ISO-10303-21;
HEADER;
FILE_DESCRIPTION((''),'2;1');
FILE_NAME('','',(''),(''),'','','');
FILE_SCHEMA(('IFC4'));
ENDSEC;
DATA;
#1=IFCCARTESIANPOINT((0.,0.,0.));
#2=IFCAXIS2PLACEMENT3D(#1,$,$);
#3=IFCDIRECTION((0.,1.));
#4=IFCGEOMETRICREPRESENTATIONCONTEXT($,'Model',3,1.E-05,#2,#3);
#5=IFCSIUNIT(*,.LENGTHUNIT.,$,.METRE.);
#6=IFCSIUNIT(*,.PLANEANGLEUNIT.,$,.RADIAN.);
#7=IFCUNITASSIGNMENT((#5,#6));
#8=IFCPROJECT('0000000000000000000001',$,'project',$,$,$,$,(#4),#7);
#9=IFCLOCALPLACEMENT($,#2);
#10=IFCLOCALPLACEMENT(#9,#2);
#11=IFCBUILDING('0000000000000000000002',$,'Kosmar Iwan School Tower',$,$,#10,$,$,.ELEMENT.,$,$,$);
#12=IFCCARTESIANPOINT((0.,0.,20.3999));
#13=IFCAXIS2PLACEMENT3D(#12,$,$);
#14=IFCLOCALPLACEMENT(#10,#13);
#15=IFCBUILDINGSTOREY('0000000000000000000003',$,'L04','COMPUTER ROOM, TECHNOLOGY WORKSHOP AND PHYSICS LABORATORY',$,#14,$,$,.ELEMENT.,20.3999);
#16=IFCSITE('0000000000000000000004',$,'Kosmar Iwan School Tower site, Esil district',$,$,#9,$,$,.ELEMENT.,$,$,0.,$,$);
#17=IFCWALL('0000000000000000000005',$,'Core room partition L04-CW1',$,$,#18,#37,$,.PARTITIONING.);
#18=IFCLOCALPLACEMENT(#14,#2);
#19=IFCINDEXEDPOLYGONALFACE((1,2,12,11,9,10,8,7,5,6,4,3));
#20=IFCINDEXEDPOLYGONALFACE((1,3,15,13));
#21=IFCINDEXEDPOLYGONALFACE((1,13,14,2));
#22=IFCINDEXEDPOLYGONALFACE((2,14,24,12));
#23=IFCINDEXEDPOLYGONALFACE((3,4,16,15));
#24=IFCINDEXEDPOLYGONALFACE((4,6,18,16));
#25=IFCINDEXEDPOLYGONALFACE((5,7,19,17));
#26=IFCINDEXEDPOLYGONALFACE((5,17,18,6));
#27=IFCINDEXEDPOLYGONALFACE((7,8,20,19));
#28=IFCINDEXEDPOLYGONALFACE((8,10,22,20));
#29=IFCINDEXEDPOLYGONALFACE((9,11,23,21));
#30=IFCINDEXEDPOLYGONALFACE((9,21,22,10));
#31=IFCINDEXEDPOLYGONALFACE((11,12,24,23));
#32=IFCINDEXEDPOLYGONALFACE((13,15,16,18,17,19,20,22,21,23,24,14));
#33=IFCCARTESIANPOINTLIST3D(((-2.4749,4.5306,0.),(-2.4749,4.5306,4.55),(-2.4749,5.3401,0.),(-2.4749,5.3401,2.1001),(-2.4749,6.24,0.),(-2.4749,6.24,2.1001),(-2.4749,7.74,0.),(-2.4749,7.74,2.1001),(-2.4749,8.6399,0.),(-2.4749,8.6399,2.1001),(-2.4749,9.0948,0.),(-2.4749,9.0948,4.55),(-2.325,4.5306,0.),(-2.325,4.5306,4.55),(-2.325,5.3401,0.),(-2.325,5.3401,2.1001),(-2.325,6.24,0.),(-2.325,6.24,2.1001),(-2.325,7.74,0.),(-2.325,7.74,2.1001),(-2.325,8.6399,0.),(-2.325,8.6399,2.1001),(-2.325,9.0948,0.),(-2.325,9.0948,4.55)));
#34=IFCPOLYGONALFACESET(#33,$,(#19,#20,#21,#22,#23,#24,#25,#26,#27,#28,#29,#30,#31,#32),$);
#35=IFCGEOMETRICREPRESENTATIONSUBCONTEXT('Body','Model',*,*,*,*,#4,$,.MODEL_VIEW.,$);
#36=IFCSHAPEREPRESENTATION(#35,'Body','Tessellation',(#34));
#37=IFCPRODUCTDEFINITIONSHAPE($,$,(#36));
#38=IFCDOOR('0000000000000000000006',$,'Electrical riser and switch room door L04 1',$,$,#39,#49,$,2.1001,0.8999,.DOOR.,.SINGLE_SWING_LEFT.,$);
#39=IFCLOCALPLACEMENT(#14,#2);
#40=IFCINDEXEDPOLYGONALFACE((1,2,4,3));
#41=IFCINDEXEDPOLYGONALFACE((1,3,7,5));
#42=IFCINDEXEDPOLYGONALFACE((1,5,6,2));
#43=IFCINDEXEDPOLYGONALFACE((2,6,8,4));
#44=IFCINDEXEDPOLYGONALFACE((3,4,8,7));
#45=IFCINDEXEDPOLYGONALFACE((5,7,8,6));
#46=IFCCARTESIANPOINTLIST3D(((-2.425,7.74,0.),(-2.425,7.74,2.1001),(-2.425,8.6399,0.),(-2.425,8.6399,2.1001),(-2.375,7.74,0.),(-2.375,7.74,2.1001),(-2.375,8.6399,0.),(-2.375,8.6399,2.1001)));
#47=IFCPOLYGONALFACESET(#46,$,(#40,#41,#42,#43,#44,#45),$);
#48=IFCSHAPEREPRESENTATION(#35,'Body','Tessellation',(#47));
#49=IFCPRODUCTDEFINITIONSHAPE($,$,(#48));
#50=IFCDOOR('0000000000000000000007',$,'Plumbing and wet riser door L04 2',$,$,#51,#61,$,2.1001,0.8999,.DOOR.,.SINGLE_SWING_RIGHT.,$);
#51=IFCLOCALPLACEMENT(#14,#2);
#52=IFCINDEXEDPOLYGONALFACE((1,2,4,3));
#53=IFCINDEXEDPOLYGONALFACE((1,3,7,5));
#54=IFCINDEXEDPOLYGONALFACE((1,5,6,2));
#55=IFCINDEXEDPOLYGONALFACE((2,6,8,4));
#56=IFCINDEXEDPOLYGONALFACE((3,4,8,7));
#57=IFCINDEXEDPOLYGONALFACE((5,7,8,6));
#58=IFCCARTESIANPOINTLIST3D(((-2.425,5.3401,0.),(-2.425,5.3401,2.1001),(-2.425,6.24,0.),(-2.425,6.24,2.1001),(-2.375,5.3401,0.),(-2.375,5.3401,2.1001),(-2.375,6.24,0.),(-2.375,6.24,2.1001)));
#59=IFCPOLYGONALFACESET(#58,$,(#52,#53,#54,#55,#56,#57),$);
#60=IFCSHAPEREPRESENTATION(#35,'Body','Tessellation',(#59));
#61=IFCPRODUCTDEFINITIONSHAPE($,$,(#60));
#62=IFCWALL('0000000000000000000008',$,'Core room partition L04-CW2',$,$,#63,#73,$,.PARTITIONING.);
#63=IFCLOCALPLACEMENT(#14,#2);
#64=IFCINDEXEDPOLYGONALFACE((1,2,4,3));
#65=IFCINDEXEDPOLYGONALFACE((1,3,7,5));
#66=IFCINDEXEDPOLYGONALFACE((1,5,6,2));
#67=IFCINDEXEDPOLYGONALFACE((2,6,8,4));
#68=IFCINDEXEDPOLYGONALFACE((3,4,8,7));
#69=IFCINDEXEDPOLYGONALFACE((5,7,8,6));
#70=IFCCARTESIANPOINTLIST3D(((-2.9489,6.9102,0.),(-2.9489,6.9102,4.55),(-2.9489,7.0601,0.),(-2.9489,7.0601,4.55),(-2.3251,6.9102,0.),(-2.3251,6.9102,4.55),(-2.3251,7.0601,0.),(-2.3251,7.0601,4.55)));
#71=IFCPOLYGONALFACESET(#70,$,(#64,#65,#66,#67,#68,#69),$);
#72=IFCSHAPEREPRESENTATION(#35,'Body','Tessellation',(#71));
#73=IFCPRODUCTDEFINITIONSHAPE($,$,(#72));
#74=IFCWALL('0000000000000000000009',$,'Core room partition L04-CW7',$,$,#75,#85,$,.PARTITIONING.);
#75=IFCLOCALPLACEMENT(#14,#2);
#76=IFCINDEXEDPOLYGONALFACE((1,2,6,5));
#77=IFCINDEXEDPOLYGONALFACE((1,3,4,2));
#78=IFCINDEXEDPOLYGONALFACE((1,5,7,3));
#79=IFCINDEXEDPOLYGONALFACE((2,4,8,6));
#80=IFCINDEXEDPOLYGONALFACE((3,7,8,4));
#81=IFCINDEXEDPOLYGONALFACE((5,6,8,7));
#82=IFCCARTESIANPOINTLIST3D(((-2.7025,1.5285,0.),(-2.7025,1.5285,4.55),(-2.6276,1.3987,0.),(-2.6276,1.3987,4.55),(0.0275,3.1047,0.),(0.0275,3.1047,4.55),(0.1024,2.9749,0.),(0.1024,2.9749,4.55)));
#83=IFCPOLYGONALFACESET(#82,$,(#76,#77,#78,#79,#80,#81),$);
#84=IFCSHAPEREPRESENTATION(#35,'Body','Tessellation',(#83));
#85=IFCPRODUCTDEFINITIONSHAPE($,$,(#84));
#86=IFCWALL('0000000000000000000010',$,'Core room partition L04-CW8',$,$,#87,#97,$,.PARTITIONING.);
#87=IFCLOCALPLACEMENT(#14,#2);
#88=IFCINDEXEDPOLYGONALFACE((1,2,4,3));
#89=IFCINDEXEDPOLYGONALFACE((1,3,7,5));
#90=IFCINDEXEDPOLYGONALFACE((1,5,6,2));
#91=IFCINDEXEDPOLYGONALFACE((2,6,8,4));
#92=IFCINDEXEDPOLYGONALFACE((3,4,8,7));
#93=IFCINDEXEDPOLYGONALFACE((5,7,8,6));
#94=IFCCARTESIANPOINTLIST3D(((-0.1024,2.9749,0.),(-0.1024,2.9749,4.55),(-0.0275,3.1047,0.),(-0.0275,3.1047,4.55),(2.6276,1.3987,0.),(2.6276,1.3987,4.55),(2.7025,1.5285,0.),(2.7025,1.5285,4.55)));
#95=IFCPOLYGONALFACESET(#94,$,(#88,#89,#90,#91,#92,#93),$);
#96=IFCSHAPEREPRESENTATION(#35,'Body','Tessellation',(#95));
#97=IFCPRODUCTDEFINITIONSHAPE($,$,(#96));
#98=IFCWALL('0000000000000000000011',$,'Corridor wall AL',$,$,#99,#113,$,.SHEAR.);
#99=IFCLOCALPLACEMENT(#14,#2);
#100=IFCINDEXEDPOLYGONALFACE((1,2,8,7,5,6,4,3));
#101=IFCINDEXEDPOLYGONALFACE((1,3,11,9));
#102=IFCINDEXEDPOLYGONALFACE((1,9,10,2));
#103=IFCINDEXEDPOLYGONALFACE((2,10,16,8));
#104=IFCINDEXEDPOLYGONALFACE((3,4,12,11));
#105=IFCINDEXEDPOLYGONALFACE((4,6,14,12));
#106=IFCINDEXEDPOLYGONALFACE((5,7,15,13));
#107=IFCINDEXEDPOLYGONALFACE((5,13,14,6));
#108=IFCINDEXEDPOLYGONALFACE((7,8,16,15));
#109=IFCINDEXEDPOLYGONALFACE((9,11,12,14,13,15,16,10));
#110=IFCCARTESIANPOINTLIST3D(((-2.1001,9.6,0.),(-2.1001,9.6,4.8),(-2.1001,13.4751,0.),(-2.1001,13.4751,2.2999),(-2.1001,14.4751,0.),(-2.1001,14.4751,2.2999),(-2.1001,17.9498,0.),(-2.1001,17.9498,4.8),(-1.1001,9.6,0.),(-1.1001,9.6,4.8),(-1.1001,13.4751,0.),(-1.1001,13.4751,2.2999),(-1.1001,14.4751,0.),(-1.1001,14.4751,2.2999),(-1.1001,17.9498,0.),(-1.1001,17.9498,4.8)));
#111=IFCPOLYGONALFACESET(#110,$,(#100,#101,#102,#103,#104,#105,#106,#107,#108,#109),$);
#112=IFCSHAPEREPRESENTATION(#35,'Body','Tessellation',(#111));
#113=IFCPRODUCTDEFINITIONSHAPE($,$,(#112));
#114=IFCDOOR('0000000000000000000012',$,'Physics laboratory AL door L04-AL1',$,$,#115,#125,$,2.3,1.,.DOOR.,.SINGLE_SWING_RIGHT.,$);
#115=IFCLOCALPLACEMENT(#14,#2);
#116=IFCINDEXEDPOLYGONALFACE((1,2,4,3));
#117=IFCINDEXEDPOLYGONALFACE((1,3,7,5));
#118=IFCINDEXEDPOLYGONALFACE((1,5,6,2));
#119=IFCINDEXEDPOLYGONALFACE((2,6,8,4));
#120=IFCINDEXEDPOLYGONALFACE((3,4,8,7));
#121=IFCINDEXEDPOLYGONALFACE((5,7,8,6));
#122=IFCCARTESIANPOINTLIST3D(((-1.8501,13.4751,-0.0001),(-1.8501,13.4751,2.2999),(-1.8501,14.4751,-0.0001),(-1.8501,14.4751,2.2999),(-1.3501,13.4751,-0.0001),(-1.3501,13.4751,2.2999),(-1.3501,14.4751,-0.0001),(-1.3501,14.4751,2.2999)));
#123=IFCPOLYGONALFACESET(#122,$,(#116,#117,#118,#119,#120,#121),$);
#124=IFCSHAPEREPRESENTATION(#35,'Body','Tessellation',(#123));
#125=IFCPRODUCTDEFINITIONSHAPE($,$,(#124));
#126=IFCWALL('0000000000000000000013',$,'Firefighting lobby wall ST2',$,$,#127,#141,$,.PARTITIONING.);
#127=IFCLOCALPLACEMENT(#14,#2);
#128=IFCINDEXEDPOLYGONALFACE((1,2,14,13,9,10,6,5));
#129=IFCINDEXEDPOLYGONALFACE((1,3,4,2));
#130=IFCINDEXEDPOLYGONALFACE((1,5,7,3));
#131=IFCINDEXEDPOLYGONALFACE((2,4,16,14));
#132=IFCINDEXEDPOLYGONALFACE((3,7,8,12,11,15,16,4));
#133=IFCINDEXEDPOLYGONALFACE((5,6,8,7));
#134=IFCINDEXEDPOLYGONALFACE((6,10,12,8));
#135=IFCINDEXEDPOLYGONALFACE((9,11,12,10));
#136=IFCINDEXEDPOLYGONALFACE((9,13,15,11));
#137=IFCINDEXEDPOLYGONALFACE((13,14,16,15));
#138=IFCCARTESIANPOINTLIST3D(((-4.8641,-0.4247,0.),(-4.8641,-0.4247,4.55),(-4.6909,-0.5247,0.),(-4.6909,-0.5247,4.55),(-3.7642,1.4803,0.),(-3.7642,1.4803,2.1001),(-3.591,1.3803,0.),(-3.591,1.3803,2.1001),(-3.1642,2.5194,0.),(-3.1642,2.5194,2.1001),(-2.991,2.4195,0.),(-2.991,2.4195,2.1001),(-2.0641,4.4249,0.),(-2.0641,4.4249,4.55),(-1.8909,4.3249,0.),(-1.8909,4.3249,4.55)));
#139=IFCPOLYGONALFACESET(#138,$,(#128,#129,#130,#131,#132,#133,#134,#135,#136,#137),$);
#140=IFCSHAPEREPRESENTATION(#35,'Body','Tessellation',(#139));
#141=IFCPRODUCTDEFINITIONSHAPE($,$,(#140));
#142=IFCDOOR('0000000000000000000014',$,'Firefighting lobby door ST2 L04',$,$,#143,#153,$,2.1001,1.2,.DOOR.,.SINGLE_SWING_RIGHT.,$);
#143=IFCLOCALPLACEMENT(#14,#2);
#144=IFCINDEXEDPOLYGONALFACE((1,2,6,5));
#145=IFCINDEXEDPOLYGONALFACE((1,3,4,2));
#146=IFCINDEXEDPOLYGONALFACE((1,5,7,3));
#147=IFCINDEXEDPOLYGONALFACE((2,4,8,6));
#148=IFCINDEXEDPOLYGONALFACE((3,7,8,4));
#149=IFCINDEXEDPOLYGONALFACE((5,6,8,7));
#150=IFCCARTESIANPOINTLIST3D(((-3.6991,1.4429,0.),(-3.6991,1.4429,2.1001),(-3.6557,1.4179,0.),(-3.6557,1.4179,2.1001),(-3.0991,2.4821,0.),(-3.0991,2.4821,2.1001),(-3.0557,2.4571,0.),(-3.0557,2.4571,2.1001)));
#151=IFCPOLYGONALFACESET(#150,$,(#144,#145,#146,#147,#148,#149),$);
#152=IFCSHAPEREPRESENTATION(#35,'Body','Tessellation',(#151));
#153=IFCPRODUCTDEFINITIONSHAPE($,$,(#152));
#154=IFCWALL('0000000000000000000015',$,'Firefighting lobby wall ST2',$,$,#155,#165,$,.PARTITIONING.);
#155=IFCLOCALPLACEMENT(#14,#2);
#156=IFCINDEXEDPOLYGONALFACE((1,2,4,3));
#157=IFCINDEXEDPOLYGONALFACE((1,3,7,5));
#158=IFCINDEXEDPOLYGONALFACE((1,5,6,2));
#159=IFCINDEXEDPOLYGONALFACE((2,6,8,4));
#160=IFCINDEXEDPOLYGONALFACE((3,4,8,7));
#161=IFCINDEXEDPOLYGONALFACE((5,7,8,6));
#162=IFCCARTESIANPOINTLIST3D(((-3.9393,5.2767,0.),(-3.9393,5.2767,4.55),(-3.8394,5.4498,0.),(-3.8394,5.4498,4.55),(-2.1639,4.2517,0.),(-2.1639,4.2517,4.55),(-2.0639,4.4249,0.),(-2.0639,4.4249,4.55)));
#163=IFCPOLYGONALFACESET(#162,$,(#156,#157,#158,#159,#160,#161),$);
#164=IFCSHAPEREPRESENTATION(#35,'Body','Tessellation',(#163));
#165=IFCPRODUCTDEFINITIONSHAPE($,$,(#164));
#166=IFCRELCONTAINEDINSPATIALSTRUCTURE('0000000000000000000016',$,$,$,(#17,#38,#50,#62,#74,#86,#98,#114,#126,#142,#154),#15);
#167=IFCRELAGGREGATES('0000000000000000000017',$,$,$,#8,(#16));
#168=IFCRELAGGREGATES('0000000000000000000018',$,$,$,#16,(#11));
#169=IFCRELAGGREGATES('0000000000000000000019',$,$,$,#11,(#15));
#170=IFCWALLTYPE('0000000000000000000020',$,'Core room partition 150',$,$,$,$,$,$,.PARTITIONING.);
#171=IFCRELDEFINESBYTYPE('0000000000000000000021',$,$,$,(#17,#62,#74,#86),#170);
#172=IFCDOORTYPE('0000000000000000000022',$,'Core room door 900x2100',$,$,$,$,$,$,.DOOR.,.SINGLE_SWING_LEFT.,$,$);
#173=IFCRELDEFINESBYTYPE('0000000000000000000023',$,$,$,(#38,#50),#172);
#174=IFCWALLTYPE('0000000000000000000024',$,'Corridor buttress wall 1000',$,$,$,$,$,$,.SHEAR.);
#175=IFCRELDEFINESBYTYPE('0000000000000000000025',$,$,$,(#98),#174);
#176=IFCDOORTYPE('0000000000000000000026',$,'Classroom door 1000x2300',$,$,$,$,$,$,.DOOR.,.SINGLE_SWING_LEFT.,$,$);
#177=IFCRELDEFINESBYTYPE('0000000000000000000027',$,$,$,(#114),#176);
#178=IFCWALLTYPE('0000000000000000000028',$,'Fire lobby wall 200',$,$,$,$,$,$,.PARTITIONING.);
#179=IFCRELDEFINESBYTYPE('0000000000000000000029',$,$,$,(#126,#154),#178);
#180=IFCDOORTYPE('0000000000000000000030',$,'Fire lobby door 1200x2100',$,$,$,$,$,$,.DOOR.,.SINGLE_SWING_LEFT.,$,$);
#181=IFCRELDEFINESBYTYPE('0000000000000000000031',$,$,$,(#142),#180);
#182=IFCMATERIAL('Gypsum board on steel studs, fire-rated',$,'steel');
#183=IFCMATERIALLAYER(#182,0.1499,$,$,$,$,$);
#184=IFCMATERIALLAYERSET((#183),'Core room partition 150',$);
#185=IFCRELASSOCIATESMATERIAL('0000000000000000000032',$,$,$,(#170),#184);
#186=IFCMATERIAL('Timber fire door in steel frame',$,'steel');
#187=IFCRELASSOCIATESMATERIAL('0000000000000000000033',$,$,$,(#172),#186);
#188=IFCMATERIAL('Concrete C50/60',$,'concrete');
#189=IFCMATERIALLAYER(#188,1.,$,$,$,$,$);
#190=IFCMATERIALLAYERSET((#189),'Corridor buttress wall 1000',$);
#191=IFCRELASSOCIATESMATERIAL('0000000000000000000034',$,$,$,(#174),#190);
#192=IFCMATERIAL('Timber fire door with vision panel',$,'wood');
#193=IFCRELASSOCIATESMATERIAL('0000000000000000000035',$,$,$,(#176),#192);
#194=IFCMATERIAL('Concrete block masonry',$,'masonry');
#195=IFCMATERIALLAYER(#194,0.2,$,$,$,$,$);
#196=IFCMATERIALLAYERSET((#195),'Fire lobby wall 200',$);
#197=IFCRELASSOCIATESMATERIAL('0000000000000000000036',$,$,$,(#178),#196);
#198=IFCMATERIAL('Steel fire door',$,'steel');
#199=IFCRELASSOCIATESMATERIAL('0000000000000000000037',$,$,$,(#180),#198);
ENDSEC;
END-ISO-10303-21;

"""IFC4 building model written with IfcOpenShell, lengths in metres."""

from ifc_helpers import new_model, si_unit, direction, frame, frame_2d, origin, place, context, subcontext, project, spatial, rectangle, extrude, material, layer, layer_set, type_object, element, fill, save


model = new_model("IFC4")

# Units and contexts
model_context = context("Model", 3, precision=1e-05, world=origin(), true_north=direction((0.0, 1.0)))
body_context = subcontext(model_context, "Body", "Model", "MODEL_VIEW")
ifc_project = project(units=[si_unit("LENGTHUNIT", "METRE"), si_unit("PLANEANGLEUNIT", "RADIAN")], contexts=[model_context])

# Site, building, storey
site_placement = place(None, origin())
site = spatial("IfcSite", under=ifc_project, at=site_placement, Name="Kosmar Iwan School Tower site, Esil district", CompositionType="ELEMENT", RefElevation=0.0)
building_placement = place(site_placement, origin())
building = spatial("IfcBuilding", under=site, at=building_placement, Name="Kosmar Iwan School Tower", CompositionType="ELEMENT")
storey_placement = place(building_placement, frame((0.0, 0.0, 20.3999)))
storey = spatial("IfcBuildingStorey", under=building, at=storey_placement, Name="L04", Description="COMPUTER ROOM, TECHNOLOGY WORKSHOP AND PHYSICS LABORATORY", CompositionType="ELEMENT", Elevation=20.3999)

# Wall, openings, doors
ifc_material_1 = material(Name="Gypsum board on steel studs, fire-rated", Category="steel")
ifc_layer_1 = layer(ifc_material_1, 0.1499)
ifc_layer_set_1 = layer_set([ifc_layer_1], Name="Core room partition 150")
wall_type_1 = type_object("IfcWallType", Name="Core room partition 150", PredefinedType="PARTITIONING", material=ifc_layer_set_1)
wall_1_placement = place(storey_placement, frame((-2.3999, 9.095, 0.0), z_axis=(0.0, 0.0, 1.0), x_axis=(0.0, -1.0, 0.0)))
wall_1 = element("IfcWall", 1, at=wall_1_placement, inside=storey, type_object=wall_type_1, Name="Core room partition L04-CW1", PredefinedType="PARTITIONING", context=body_context, shape_type="SweptSolid", body=[
    extrude(rectangle(XDim=4.5642, YDim=0.1499, at=frame_2d((2.2822, 0.0))), origin(), (0.0, 0.0, 1.0), 4.55),
])
opening_1_placement = place(wall_1_placement, frame((0.4551, 0.0, 0.0)))
opening_1 = element("IfcOpeningElement", 2, at=opening_1_placement, cuts=wall_1, PredefinedType="OPENING", context=body_context, shape_type="SweptSolid", body=[
    extrude(rectangle(XDim=0.8999, YDim=2.1001, at=frame_2d((0.45, 1.05))), frame((0.0, 0.0869, 0.0), z_axis=(0.0, -1.0, 0.0), x_axis=(1.0, 0.0, 0.0)), (0.0, 0.0, 1.0), 0.1738),
])
opening_2_placement = place(wall_1_placement, frame((2.855, 0.0, 0.0)))
opening_2 = element("IfcOpeningElement", 3, at=opening_2_placement, cuts=wall_1, PredefinedType="OPENING", context=body_context, shape_type="SweptSolid", body=[
    extrude(rectangle(XDim=0.8999, YDim=2.1001, at=frame_2d((0.45, 1.05))), frame((0.0, 0.0869, 0.0), z_axis=(0.0, -1.0, 0.0), x_axis=(1.0, 0.0, 0.0)), (0.0, 0.0, 1.0), 0.1738),
])
ifc_material_2 = material(Name="Timber fire door in steel frame", Category="steel")
door_type_1 = type_object("IfcDoorType", Name="Core room door 900x2100", OperationType="SINGLE_SWING_LEFT", PredefinedType="DOOR", material=ifc_material_2)
door_1_placement = place(opening_1_placement, origin())
door_1 = element("IfcDoor", 4, at=door_1_placement, inside=storey, type_object=door_type_1, Name="Electrical riser and switch room door L04 1", OperationType="SINGLE_SWING_LEFT", OverallHeight=2.1001, OverallWidth=0.8999, PredefinedType="DOOR", context=body_context, shape_type="SweptSolid", body=[
    extrude(rectangle(XDim=0.8999, YDim=2.1001, at=frame_2d((0.45, 1.05))), frame((0.0, 0.0249, 0.0), z_axis=(0.0, -1.0, 0.0), x_axis=(1.0, 0.0, 0.0)), (0.0, 0.0, 1.0), 0.05),
])
fill(opening_1, door_1)
door_2_placement = place(opening_2_placement, origin())
door_2 = element("IfcDoor", 5, at=door_2_placement, inside=storey, type_object=door_type_1, Name="Plumbing and wet riser door L04 2", OperationType="SINGLE_SWING_RIGHT", OverallHeight=2.1001, OverallWidth=0.8999, PredefinedType="DOOR", context=body_context, shape_type="SweptSolid", body=[
    extrude(rectangle(XDim=0.8999, YDim=2.1001, at=frame_2d((0.45, 1.05))), frame((0.0, 0.0249, 0.0), z_axis=(0.0, -1.0, 0.0), x_axis=(1.0, 0.0, 0.0)), (0.0, 0.0, 1.0), 0.05),
])
fill(opening_2, door_2)

# Walls
wall_2_placement = place(storey_placement, frame((-2.325, 6.9851, 0.0), z_axis=(0.0, 0.0, 1.0), x_axis=(-1.0, 0.0, 0.0)))
element("IfcWall", 6, at=wall_2_placement, inside=storey, type_object=wall_type_1, Name="Core room partition L04-CW2", PredefinedType="PARTITIONING", context=body_context, shape_type="SweptSolid", body=[
    extrude(rectangle(XDim=0.6238, YDim=0.1499, at=frame_2d((0.312, 0.0))), origin(), (0.0, 0.0, 1.0), 4.55),
])
for number, where, z_axis, x_axis, name in (
    (7, (-2.665, 1.4636, 0.0), (0.0, 0.0, 1.0), (0.866023, 0.500004, 0.0), "Core room partition L04-CW7"),
    (8, (-0.0649, 3.0398, 0.0), (0.0, 0.0, 1.0), (0.866023, -0.500004, 0.0), "Core room partition L04-CW8"),
):
    element("IfcWall", number, at=place(storey_placement, frame(where, z_axis=z_axis, x_axis=x_axis)), inside=storey, type_object=wall_type_1, Name=name, PredefinedType="PARTITIONING", context=body_context, shape_type="SweptSolid", body=[
        extrude(rectangle(XDim=3.1523, YDim=0.1499, at=frame_2d((1.5762, 0.0))), origin(), (0.0, 0.0, 1.0), 4.55),
    ])

# Walls, openings, doors
ifc_material_3 = material(Name="Concrete C50/60", Category="concrete")
ifc_layer_2 = layer(ifc_material_3, 1.0)
ifc_layer_set_2 = layer_set([ifc_layer_2], Name="Corridor buttress wall 1000")
wall_type_2 = type_object("IfcWallType", Name="Corridor buttress wall 1000", PredefinedType="SHEAR", material=ifc_layer_set_2)
wall_3_placement = place(storey_placement, frame((-1.6001, 9.6001, 0.0), z_axis=(0.0, 0.0, 1.0), x_axis=(0.0, 1.0, 0.0)))
wall_3 = element("IfcWall", 9, at=wall_3_placement, inside=storey, type_object=wall_type_2, Name="Corridor wall AL", PredefinedType="SHEAR", context=body_context, shape_type="SweptSolid", body=[
    extrude(rectangle(XDim=8.3499, YDim=1.0, at=frame_2d((4.1748, 0.0))), origin(), (0.0, 0.0, 1.0), 4.8),
])
opening_3_placement = place(wall_3_placement, frame((3.875, 0.0, 0.0)))
opening_3 = element("IfcOpeningElement", 10, at=opening_3_placement, cuts=wall_3, PredefinedType="OPENING", context=body_context, shape_type="SweptSolid", body=[
    extrude(rectangle(XDim=1.0, YDim=2.3, at=frame_2d((0.5, 1.1499))), frame((0.0, 0.512, 0.0), z_axis=(0.0, -1.0, 0.0), x_axis=(1.0, 0.0, 0.0)), (0.0, 0.0, 1.0), 1.0239),
])
ifc_material_4 = material(Name="Timber fire door with vision panel", Category="wood")
door_type_2 = type_object("IfcDoorType", Name="Classroom door 1000x2300", OperationType="SINGLE_SWING_LEFT", PredefinedType="DOOR", material=ifc_material_4)
door_3_placement = place(opening_3_placement, origin())
door_3 = element("IfcDoor", 11, at=door_3_placement, inside=storey, type_object=door_type_2, Name="Physics laboratory AL door L04-AL1", OperationType="SINGLE_SWING_RIGHT", OverallHeight=2.3, OverallWidth=1.0, PredefinedType="DOOR", context=body_context, shape_type="SweptSolid", body=[
    extrude(rectangle(XDim=1.0, YDim=2.3, at=frame_2d((0.5, 1.1499))), frame((0.0, 0.25, 0.0), z_axis=(0.0, -1.0, 0.0), x_axis=(1.0, 0.0, 0.0)), (0.0, 0.0, 1.0), 0.5),
])
fill(opening_3, door_3)
ifc_material_5 = material(Name="Concrete block masonry", Category="masonry")
ifc_layer_3 = layer(ifc_material_5, 0.2)
ifc_layer_set_3 = layer_set([ifc_layer_3], Name="Fire lobby wall 200")
wall_type_3 = type_object("IfcWallType", Name="Fire lobby wall 200", PredefinedType="PARTITIONING", material=ifc_layer_set_3)
wall_4_placement = place(storey_placement, frame((-1.9775, 4.3748, 0.0), z_axis=(0.0, 0.0, 1.0), x_axis=(-0.500017, -0.866016, 0.0)))
wall_4 = element("IfcWall", 12, at=wall_4_placement, inside=storey, type_object=wall_type_3, Name="Firefighting lobby wall ST2", PredefinedType="PARTITIONING", context=body_context, shape_type="SweptSolid", body=[
    extrude(rectangle(XDim=5.5999, YDim=0.2, at=frame_2d((2.7998, 0.0))), origin(), (0.0, 0.0, 1.0), 4.55),
])
opening_4_placement = place(wall_4_placement, frame((2.2, 0.0, 0.0)))
opening_4 = element("IfcOpeningElement", 13, at=opening_4_placement, cuts=wall_4, PredefinedType="OPENING", context=body_context, shape_type="SweptSolid", body=[
    extrude(rectangle(XDim=1.2, YDim=2.1001, at=frame_2d((0.6001, 1.05))), frame((0.0, 0.1121, 0.0), z_axis=(0.0, -1.0, 0.0), x_axis=(1.0, 0.0, 0.0)), (0.0, 0.0, 1.0), 0.2239),
])
ifc_material_6 = material(Name="Steel fire door", Category="steel")
door_type_3 = type_object("IfcDoorType", Name="Fire lobby door 1200x2100", OperationType="SINGLE_SWING_LEFT", PredefinedType="DOOR", material=ifc_material_6)
door_4_placement = place(opening_4_placement, frame((1.2, 0.0, 0.0), z_axis=(0.0, 0.0, 1.0), x_axis=(-1.0, 0.0, 0.0)))
door_4 = element("IfcDoor", 14, at=door_4_placement, inside=storey, type_object=door_type_3, Name="Firefighting lobby door ST2 L04", OperationType="SINGLE_SWING_RIGHT", OverallHeight=2.1001, OverallWidth=1.2, PredefinedType="DOOR", context=body_context, shape_type="SweptSolid", body=[
    extrude(rectangle(XDim=1.2, YDim=2.1001, at=frame_2d((0.6001, 1.05))), frame((0.0, 0.0249, 0.0), z_axis=(0.0, -1.0, 0.0), x_axis=(1.0, 0.0, 0.0)), (0.0, 0.0, 1.0), 0.05),
])
fill(opening_4, door_4)

# Wall
wall_5_placement = place(storey_placement, frame((-2.114, 4.3384, 0.0), z_axis=(0.0, 0.0, 1.0), x_axis=(-0.866051, 0.499956, 0.0)))
element("IfcWall", 15, at=wall_5_placement, inside=storey, type_object=wall_type_3, Name="Firefighting lobby wall ST2", PredefinedType="PARTITIONING", context=body_context, shape_type="SweptSolid", body=[
    extrude(rectangle(XDim=2.05, YDim=0.2, at=frame_2d((1.0249, 0.0))), origin(), (0.0, 0.0, 1.0), 4.55),
])

save(model, "model.ifc")
